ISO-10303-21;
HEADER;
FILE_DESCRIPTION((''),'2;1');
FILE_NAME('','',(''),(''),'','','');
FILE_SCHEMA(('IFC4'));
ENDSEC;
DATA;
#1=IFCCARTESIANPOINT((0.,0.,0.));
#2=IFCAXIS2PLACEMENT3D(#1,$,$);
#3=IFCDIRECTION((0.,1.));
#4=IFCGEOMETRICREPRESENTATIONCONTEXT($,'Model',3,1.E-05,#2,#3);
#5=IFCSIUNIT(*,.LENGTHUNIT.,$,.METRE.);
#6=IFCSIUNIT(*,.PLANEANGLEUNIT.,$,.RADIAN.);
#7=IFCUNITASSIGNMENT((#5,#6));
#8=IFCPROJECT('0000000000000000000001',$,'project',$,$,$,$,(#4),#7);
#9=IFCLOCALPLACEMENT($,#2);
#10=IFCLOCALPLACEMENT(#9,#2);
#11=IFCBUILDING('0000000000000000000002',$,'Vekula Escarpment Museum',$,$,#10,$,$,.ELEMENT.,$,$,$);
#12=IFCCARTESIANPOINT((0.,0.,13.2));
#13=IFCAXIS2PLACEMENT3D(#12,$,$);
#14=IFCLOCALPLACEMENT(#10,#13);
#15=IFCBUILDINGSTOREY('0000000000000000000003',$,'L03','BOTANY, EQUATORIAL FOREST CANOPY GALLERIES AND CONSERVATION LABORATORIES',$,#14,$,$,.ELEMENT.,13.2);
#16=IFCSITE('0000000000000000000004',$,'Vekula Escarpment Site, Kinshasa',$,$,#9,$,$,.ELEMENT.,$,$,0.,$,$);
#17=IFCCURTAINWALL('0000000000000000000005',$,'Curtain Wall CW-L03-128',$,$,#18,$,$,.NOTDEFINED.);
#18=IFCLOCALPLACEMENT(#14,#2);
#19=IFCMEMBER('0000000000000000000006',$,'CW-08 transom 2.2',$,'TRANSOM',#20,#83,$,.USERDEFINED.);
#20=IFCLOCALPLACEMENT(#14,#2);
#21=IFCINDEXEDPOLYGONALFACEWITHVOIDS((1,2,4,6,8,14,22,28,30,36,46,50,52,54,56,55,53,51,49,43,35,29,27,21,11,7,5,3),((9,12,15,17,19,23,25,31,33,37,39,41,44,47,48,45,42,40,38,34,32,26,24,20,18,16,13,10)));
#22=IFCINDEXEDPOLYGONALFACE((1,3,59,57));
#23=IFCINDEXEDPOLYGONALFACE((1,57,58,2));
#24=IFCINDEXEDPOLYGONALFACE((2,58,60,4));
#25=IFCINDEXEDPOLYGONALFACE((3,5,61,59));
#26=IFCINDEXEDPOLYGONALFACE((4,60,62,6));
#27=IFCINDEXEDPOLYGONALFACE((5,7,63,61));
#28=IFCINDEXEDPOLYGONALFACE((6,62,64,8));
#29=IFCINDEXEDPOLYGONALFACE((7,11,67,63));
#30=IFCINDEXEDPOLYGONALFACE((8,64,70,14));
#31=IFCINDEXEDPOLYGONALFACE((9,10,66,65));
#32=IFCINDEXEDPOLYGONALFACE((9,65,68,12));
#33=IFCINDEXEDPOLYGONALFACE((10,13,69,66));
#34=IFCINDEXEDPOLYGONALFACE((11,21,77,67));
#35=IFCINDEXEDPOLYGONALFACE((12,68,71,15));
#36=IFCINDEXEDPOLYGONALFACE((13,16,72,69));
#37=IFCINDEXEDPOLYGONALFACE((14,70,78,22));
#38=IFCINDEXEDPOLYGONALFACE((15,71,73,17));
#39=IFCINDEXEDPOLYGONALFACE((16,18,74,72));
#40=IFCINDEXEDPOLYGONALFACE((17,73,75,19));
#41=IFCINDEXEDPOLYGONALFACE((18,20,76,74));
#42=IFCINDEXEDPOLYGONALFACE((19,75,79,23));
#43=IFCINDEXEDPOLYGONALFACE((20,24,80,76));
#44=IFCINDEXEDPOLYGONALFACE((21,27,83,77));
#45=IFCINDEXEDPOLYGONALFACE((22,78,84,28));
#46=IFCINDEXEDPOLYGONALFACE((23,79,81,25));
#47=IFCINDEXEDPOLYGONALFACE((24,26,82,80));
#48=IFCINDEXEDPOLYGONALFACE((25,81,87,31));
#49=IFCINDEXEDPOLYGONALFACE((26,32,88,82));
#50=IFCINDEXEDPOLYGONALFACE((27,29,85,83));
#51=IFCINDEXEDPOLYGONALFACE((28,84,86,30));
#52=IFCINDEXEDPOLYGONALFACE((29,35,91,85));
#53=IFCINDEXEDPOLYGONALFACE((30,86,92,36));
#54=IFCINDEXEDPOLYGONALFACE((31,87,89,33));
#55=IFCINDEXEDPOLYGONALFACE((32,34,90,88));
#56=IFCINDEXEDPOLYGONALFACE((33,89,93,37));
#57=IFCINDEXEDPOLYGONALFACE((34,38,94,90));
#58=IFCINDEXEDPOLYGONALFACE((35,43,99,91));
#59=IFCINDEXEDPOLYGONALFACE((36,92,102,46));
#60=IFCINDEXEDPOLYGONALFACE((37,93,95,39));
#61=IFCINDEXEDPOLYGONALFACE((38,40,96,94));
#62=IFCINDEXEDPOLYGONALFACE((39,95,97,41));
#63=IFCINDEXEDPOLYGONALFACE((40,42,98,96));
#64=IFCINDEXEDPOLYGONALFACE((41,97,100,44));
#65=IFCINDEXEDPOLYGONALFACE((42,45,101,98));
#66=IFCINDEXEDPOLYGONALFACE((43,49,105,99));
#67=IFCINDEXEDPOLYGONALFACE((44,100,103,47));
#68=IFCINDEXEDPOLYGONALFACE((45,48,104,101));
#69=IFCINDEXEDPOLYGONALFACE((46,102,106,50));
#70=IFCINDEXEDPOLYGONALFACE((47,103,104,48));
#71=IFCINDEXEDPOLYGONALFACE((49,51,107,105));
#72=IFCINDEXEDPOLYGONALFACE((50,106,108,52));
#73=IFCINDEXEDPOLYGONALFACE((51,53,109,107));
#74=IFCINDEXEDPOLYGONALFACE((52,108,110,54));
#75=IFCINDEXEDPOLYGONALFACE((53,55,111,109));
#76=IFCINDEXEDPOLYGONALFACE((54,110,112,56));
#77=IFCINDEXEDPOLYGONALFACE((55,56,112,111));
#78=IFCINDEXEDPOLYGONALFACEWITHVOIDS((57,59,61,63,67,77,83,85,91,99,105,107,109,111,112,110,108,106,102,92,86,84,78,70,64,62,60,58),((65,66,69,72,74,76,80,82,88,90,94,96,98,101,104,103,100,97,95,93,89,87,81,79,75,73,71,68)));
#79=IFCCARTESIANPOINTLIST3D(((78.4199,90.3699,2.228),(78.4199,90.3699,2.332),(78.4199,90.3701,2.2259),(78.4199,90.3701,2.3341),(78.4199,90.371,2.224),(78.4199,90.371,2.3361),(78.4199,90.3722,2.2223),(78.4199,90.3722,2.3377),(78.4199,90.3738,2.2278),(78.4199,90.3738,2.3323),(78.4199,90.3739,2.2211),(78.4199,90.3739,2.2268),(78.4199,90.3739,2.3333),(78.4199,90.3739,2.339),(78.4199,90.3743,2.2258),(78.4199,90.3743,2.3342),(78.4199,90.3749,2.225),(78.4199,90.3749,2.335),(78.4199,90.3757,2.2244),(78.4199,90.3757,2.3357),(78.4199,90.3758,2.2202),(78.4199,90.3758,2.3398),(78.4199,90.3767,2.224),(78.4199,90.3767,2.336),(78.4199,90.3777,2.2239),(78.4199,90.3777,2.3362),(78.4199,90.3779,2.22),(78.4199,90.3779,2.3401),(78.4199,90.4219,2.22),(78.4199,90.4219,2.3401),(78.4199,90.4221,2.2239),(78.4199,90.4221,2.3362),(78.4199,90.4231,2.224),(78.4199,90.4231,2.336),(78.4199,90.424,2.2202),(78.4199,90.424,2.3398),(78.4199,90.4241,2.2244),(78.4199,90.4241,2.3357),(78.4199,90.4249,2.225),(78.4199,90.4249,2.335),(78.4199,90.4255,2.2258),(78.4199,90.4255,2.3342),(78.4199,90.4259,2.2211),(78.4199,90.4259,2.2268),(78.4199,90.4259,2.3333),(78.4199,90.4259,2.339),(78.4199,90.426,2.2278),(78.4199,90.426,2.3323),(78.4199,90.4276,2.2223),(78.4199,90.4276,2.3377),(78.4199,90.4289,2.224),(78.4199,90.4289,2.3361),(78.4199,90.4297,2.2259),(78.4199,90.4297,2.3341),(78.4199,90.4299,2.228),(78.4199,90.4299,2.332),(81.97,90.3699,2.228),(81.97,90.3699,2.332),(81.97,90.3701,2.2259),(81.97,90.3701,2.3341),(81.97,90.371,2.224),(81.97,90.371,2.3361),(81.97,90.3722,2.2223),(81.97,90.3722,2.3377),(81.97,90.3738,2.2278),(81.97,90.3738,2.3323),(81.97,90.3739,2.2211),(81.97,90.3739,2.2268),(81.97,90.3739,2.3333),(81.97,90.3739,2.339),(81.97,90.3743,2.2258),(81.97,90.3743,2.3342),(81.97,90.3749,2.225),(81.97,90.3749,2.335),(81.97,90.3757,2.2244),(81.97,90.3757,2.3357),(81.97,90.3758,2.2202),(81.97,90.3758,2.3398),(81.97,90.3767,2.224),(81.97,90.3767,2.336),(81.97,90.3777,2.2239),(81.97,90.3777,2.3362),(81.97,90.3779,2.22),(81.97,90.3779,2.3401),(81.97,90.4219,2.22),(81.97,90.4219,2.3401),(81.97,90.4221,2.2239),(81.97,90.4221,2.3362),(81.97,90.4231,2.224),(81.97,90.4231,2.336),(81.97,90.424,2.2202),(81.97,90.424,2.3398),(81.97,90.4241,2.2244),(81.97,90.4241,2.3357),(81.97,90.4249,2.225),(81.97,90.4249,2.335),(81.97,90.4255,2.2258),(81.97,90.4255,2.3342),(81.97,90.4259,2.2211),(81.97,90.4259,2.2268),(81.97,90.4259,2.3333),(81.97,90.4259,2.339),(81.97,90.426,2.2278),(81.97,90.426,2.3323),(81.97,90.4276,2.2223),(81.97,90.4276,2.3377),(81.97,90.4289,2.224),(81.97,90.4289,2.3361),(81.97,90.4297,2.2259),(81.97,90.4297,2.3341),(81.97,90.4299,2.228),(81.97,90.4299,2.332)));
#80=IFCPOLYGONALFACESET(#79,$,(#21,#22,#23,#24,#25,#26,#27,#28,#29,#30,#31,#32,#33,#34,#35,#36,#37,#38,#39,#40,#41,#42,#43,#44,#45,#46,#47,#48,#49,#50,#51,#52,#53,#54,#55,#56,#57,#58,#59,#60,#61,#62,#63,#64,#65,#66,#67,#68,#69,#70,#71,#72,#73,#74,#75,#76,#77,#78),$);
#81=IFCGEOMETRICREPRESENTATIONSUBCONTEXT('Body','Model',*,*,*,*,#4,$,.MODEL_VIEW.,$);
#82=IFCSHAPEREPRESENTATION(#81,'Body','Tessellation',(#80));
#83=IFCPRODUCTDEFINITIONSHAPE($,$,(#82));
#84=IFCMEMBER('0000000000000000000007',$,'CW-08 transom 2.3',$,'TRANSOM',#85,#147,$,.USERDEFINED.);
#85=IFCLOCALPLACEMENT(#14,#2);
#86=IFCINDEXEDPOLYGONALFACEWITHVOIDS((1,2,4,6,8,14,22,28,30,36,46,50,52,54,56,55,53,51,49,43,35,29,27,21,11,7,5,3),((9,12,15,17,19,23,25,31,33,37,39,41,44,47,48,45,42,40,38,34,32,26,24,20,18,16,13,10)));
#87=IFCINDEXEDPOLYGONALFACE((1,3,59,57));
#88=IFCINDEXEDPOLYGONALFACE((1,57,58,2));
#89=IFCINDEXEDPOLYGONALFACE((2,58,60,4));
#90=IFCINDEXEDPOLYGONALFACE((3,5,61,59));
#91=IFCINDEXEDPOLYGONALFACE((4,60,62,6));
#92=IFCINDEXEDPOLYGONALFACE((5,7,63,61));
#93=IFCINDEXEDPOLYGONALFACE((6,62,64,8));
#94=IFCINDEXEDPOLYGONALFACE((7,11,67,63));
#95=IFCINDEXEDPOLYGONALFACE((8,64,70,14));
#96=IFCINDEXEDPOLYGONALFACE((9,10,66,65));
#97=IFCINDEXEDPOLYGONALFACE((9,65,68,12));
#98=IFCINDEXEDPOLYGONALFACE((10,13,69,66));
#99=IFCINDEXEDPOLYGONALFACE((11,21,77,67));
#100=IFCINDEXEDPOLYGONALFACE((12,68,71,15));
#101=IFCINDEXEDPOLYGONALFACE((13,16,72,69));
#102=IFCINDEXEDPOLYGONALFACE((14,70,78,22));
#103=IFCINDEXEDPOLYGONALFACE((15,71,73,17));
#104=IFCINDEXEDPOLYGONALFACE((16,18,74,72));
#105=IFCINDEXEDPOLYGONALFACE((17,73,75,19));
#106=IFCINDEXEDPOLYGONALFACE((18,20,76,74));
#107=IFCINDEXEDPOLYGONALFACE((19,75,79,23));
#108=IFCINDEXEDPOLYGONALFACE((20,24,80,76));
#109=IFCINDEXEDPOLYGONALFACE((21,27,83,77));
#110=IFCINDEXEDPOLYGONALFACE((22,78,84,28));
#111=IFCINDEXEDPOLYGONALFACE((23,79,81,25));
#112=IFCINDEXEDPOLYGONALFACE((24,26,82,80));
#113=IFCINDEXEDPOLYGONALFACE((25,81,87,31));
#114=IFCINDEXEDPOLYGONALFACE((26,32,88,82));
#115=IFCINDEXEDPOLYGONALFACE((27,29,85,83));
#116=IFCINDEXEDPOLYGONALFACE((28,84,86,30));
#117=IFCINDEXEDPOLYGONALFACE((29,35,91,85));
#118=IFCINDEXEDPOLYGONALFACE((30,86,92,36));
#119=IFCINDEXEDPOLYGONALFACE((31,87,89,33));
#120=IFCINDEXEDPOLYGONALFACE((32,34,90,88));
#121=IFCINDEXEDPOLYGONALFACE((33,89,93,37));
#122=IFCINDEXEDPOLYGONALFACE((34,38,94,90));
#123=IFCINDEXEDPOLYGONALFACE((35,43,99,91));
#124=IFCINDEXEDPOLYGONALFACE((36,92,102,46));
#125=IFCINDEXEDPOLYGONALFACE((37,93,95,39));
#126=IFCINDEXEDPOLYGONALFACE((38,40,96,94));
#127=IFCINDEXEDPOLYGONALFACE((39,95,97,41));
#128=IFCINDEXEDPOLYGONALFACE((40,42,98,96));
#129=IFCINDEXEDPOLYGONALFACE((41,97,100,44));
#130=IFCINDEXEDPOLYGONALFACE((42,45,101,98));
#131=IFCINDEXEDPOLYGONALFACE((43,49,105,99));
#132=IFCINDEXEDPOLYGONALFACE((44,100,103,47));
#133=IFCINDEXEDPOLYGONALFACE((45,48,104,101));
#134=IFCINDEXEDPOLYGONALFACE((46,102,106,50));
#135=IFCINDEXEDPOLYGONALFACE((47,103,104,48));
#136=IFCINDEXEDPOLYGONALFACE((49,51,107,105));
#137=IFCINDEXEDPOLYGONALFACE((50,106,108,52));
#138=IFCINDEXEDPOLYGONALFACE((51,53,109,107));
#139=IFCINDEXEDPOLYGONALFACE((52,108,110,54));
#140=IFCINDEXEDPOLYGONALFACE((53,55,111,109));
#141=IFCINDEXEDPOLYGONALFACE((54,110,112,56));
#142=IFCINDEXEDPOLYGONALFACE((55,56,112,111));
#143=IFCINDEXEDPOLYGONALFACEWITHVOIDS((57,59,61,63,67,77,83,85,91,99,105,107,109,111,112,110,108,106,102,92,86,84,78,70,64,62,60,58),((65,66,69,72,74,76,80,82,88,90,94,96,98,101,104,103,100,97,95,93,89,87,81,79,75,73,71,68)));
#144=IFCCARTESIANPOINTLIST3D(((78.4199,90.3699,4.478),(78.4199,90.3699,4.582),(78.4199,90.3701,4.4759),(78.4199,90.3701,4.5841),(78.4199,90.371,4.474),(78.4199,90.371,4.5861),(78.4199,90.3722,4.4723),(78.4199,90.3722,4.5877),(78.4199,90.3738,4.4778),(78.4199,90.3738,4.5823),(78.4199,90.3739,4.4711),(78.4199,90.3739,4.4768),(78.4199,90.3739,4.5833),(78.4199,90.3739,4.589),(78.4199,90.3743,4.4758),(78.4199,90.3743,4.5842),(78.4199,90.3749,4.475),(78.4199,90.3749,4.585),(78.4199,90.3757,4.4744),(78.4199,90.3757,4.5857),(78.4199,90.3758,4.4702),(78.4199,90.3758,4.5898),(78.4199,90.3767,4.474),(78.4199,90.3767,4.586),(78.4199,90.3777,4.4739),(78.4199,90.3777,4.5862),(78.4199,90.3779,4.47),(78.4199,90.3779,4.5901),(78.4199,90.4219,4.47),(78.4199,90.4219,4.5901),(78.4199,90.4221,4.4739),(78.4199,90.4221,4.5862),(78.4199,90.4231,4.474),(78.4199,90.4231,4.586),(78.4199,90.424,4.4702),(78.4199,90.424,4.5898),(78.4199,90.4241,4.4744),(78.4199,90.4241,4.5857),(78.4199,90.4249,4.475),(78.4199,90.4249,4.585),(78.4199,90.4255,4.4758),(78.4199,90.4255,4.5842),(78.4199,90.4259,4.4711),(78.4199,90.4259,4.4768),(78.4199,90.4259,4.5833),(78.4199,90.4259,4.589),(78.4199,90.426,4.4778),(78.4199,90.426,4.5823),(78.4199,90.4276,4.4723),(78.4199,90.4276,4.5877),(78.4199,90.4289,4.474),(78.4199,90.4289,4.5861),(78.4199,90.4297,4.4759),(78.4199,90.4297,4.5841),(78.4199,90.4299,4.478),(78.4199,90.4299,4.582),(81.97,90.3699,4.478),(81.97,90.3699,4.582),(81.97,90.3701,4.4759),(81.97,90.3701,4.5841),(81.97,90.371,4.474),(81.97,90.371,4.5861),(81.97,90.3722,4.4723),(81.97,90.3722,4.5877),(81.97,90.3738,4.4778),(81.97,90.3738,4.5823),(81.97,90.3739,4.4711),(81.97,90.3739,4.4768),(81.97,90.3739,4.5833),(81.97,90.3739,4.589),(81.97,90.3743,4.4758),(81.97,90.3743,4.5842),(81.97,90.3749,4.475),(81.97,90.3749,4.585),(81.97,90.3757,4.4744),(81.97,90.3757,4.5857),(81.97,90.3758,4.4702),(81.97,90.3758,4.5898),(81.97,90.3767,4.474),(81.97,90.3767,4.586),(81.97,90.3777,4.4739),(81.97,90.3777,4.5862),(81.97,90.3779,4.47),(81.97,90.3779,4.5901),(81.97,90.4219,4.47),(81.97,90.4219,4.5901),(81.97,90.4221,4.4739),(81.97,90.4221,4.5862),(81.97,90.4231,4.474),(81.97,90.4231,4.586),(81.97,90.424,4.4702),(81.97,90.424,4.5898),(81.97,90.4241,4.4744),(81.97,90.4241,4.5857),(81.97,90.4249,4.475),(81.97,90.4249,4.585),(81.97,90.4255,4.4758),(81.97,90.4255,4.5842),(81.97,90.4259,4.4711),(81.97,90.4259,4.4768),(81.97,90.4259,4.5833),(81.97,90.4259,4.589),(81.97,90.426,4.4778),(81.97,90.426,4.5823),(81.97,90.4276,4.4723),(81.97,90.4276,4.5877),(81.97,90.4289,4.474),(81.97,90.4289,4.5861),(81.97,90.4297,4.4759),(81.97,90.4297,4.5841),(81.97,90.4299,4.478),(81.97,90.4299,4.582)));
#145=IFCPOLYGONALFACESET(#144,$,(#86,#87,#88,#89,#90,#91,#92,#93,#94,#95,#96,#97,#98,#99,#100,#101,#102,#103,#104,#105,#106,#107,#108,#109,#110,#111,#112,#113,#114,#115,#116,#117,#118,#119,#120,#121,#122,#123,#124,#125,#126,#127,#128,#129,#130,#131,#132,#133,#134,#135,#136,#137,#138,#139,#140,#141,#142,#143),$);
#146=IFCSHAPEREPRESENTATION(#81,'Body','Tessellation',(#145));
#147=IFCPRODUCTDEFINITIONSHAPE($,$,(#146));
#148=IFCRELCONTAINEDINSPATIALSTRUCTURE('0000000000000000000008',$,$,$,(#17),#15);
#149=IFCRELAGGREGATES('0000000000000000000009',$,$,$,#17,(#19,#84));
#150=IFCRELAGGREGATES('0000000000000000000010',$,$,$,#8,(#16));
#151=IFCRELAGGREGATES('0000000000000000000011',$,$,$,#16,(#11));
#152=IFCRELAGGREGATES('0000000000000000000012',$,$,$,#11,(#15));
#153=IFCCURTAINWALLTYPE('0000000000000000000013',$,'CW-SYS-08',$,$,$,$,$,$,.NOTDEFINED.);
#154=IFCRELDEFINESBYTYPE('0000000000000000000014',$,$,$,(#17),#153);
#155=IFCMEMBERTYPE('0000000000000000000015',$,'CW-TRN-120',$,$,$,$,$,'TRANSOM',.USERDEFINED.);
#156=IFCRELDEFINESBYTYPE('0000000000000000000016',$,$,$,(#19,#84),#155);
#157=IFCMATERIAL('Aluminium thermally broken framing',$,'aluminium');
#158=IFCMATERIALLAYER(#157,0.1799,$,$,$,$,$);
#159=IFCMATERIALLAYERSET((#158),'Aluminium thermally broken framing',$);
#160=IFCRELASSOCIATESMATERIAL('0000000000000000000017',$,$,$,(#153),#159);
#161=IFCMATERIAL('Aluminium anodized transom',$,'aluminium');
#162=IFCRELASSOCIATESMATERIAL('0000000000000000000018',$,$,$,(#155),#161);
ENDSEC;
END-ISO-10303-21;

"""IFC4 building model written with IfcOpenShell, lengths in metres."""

from ifc_helpers import new_model, si_unit, direction, frame, origin, origin_2d, place, context, subcontext, project, spatial, hollow_rectangle, extrude, material, layer, layer_set, material_profile, profile_set, type_object, element, aggregate, save


model = new_model("IFC4")

# Units and contexts
model_context = context("Model", 3, precision=1e-05, world=origin(), true_north=direction((0.0, 1.0)))
body_context = subcontext(model_context, "Body", "Model", "MODEL_VIEW")
ifc_project = project(units=[si_unit("LENGTHUNIT", "METRE"), si_unit("PLANEANGLEUNIT", "RADIAN")], contexts=[model_context])

# Site, building, storey
site_placement = place(None, origin())
site = spatial("IfcSite", under=ifc_project, at=site_placement, Name="Vekula Escarpment Site, Kinshasa", CompositionType="ELEMENT", RefElevation=0.0)
building_placement = place(site_placement, origin())
building = spatial("IfcBuilding", under=site, at=building_placement, Name="Vekula Escarpment Museum", CompositionType="ELEMENT")
storey_placement = place(building_placement, frame((0.0, 0.0, 13.2)))
storey = spatial("IfcBuildingStorey", under=building, at=storey_placement, Name="L03", Description="BOTANY, EQUATORIAL FOREST CANOPY GALLERIES AND CONSERVATION LABORATORIES", CompositionType="ELEMENT", Elevation=13.2)

# Curtain wall
ifc_material_1 = material(Name="Aluminium thermally broken framing", Category="aluminium")
ifc_layer_1 = layer(ifc_material_1, 0.1799)
ifc_layer_set_1 = layer_set([ifc_layer_1], Name="Aluminium thermally broken framing")
curtain_wall_type_1 = type_object("IfcCurtainWallType", Name="CW-SYS-08", PredefinedType="NOTDEFINED", material=ifc_layer_set_1)
curtain_wall_1_placement = place(storey_placement, origin())
curtain_wall_1 = element("IfcCurtainWall", 1, at=curtain_wall_1_placement, inside=storey, type_object=curtain_wall_type_1, Name="Curtain Wall CW-L03-128", PredefinedType="NOTDEFINED")

# Members
ifc_material_2 = material(Name="Aluminium anodized transom", Category="aluminium")
ifc_material_profile_1 = material_profile(ifc_material_2, hollow_rectangle(XDim=0.0601, YDim=0.1201, WallThickness=0.0039, InnerFilletRadius=0.0039, OuterFilletRadius=0.0081, at=origin_2d()), Name="ALU 120x60x4")
ifc_profile_set_1 = profile_set([ifc_material_profile_1], Name="Aluminium anodized transom")
member_type_1 = type_object("IfcMemberType", Name="CW-TRN-120", ElementType="TRANSOM", PredefinedType="USERDEFINED", material=ifc_profile_set_1)
member_1_placement = place(storey_placement, frame((81.97, 90.3999, 2.28), z_axis=(-1.0, 0.0, 0.0), x_axis=(0.0, -1.0, 0.0)))
member_1 = element("IfcMember", 2, at=member_1_placement, type_object=member_type_1, Name="CW-08 transom 2.2", ObjectType="TRANSOM", PredefinedType="USERDEFINED", context=body_context, shape_type="SweptSolid", body=[
    extrude(hollow_rectangle(XDim=0.0601, YDim=0.1201, WallThickness=0.0039, InnerFilletRadius=0.0039, OuterFilletRadius=0.0081, at=origin_2d()), origin(), (0.0, 0.0, 1.0), 3.55),
])
member_2_placement = place(storey_placement, frame((81.97, 90.3999, 4.53), z_axis=(-1.0, 0.0, 0.0), x_axis=(0.0, -1.0, 0.0)))
member_2 = element("IfcMember", 3, at=member_2_placement, type_object=member_type_1, Name="CW-08 transom 2.3", ObjectType="TRANSOM", PredefinedType="USERDEFINED", context=body_context, shape_type="SweptSolid", body=[
    extrude(hollow_rectangle(XDim=0.0601, YDim=0.1201, WallThickness=0.0039, InnerFilletRadius=0.0039, OuterFilletRadius=0.0081, at=origin_2d()), origin(), (0.0, 0.0, 1.0), 3.55),
])

aggregate(curtain_wall_1, [member_1, member_2])

save(model, "model.ifc")
